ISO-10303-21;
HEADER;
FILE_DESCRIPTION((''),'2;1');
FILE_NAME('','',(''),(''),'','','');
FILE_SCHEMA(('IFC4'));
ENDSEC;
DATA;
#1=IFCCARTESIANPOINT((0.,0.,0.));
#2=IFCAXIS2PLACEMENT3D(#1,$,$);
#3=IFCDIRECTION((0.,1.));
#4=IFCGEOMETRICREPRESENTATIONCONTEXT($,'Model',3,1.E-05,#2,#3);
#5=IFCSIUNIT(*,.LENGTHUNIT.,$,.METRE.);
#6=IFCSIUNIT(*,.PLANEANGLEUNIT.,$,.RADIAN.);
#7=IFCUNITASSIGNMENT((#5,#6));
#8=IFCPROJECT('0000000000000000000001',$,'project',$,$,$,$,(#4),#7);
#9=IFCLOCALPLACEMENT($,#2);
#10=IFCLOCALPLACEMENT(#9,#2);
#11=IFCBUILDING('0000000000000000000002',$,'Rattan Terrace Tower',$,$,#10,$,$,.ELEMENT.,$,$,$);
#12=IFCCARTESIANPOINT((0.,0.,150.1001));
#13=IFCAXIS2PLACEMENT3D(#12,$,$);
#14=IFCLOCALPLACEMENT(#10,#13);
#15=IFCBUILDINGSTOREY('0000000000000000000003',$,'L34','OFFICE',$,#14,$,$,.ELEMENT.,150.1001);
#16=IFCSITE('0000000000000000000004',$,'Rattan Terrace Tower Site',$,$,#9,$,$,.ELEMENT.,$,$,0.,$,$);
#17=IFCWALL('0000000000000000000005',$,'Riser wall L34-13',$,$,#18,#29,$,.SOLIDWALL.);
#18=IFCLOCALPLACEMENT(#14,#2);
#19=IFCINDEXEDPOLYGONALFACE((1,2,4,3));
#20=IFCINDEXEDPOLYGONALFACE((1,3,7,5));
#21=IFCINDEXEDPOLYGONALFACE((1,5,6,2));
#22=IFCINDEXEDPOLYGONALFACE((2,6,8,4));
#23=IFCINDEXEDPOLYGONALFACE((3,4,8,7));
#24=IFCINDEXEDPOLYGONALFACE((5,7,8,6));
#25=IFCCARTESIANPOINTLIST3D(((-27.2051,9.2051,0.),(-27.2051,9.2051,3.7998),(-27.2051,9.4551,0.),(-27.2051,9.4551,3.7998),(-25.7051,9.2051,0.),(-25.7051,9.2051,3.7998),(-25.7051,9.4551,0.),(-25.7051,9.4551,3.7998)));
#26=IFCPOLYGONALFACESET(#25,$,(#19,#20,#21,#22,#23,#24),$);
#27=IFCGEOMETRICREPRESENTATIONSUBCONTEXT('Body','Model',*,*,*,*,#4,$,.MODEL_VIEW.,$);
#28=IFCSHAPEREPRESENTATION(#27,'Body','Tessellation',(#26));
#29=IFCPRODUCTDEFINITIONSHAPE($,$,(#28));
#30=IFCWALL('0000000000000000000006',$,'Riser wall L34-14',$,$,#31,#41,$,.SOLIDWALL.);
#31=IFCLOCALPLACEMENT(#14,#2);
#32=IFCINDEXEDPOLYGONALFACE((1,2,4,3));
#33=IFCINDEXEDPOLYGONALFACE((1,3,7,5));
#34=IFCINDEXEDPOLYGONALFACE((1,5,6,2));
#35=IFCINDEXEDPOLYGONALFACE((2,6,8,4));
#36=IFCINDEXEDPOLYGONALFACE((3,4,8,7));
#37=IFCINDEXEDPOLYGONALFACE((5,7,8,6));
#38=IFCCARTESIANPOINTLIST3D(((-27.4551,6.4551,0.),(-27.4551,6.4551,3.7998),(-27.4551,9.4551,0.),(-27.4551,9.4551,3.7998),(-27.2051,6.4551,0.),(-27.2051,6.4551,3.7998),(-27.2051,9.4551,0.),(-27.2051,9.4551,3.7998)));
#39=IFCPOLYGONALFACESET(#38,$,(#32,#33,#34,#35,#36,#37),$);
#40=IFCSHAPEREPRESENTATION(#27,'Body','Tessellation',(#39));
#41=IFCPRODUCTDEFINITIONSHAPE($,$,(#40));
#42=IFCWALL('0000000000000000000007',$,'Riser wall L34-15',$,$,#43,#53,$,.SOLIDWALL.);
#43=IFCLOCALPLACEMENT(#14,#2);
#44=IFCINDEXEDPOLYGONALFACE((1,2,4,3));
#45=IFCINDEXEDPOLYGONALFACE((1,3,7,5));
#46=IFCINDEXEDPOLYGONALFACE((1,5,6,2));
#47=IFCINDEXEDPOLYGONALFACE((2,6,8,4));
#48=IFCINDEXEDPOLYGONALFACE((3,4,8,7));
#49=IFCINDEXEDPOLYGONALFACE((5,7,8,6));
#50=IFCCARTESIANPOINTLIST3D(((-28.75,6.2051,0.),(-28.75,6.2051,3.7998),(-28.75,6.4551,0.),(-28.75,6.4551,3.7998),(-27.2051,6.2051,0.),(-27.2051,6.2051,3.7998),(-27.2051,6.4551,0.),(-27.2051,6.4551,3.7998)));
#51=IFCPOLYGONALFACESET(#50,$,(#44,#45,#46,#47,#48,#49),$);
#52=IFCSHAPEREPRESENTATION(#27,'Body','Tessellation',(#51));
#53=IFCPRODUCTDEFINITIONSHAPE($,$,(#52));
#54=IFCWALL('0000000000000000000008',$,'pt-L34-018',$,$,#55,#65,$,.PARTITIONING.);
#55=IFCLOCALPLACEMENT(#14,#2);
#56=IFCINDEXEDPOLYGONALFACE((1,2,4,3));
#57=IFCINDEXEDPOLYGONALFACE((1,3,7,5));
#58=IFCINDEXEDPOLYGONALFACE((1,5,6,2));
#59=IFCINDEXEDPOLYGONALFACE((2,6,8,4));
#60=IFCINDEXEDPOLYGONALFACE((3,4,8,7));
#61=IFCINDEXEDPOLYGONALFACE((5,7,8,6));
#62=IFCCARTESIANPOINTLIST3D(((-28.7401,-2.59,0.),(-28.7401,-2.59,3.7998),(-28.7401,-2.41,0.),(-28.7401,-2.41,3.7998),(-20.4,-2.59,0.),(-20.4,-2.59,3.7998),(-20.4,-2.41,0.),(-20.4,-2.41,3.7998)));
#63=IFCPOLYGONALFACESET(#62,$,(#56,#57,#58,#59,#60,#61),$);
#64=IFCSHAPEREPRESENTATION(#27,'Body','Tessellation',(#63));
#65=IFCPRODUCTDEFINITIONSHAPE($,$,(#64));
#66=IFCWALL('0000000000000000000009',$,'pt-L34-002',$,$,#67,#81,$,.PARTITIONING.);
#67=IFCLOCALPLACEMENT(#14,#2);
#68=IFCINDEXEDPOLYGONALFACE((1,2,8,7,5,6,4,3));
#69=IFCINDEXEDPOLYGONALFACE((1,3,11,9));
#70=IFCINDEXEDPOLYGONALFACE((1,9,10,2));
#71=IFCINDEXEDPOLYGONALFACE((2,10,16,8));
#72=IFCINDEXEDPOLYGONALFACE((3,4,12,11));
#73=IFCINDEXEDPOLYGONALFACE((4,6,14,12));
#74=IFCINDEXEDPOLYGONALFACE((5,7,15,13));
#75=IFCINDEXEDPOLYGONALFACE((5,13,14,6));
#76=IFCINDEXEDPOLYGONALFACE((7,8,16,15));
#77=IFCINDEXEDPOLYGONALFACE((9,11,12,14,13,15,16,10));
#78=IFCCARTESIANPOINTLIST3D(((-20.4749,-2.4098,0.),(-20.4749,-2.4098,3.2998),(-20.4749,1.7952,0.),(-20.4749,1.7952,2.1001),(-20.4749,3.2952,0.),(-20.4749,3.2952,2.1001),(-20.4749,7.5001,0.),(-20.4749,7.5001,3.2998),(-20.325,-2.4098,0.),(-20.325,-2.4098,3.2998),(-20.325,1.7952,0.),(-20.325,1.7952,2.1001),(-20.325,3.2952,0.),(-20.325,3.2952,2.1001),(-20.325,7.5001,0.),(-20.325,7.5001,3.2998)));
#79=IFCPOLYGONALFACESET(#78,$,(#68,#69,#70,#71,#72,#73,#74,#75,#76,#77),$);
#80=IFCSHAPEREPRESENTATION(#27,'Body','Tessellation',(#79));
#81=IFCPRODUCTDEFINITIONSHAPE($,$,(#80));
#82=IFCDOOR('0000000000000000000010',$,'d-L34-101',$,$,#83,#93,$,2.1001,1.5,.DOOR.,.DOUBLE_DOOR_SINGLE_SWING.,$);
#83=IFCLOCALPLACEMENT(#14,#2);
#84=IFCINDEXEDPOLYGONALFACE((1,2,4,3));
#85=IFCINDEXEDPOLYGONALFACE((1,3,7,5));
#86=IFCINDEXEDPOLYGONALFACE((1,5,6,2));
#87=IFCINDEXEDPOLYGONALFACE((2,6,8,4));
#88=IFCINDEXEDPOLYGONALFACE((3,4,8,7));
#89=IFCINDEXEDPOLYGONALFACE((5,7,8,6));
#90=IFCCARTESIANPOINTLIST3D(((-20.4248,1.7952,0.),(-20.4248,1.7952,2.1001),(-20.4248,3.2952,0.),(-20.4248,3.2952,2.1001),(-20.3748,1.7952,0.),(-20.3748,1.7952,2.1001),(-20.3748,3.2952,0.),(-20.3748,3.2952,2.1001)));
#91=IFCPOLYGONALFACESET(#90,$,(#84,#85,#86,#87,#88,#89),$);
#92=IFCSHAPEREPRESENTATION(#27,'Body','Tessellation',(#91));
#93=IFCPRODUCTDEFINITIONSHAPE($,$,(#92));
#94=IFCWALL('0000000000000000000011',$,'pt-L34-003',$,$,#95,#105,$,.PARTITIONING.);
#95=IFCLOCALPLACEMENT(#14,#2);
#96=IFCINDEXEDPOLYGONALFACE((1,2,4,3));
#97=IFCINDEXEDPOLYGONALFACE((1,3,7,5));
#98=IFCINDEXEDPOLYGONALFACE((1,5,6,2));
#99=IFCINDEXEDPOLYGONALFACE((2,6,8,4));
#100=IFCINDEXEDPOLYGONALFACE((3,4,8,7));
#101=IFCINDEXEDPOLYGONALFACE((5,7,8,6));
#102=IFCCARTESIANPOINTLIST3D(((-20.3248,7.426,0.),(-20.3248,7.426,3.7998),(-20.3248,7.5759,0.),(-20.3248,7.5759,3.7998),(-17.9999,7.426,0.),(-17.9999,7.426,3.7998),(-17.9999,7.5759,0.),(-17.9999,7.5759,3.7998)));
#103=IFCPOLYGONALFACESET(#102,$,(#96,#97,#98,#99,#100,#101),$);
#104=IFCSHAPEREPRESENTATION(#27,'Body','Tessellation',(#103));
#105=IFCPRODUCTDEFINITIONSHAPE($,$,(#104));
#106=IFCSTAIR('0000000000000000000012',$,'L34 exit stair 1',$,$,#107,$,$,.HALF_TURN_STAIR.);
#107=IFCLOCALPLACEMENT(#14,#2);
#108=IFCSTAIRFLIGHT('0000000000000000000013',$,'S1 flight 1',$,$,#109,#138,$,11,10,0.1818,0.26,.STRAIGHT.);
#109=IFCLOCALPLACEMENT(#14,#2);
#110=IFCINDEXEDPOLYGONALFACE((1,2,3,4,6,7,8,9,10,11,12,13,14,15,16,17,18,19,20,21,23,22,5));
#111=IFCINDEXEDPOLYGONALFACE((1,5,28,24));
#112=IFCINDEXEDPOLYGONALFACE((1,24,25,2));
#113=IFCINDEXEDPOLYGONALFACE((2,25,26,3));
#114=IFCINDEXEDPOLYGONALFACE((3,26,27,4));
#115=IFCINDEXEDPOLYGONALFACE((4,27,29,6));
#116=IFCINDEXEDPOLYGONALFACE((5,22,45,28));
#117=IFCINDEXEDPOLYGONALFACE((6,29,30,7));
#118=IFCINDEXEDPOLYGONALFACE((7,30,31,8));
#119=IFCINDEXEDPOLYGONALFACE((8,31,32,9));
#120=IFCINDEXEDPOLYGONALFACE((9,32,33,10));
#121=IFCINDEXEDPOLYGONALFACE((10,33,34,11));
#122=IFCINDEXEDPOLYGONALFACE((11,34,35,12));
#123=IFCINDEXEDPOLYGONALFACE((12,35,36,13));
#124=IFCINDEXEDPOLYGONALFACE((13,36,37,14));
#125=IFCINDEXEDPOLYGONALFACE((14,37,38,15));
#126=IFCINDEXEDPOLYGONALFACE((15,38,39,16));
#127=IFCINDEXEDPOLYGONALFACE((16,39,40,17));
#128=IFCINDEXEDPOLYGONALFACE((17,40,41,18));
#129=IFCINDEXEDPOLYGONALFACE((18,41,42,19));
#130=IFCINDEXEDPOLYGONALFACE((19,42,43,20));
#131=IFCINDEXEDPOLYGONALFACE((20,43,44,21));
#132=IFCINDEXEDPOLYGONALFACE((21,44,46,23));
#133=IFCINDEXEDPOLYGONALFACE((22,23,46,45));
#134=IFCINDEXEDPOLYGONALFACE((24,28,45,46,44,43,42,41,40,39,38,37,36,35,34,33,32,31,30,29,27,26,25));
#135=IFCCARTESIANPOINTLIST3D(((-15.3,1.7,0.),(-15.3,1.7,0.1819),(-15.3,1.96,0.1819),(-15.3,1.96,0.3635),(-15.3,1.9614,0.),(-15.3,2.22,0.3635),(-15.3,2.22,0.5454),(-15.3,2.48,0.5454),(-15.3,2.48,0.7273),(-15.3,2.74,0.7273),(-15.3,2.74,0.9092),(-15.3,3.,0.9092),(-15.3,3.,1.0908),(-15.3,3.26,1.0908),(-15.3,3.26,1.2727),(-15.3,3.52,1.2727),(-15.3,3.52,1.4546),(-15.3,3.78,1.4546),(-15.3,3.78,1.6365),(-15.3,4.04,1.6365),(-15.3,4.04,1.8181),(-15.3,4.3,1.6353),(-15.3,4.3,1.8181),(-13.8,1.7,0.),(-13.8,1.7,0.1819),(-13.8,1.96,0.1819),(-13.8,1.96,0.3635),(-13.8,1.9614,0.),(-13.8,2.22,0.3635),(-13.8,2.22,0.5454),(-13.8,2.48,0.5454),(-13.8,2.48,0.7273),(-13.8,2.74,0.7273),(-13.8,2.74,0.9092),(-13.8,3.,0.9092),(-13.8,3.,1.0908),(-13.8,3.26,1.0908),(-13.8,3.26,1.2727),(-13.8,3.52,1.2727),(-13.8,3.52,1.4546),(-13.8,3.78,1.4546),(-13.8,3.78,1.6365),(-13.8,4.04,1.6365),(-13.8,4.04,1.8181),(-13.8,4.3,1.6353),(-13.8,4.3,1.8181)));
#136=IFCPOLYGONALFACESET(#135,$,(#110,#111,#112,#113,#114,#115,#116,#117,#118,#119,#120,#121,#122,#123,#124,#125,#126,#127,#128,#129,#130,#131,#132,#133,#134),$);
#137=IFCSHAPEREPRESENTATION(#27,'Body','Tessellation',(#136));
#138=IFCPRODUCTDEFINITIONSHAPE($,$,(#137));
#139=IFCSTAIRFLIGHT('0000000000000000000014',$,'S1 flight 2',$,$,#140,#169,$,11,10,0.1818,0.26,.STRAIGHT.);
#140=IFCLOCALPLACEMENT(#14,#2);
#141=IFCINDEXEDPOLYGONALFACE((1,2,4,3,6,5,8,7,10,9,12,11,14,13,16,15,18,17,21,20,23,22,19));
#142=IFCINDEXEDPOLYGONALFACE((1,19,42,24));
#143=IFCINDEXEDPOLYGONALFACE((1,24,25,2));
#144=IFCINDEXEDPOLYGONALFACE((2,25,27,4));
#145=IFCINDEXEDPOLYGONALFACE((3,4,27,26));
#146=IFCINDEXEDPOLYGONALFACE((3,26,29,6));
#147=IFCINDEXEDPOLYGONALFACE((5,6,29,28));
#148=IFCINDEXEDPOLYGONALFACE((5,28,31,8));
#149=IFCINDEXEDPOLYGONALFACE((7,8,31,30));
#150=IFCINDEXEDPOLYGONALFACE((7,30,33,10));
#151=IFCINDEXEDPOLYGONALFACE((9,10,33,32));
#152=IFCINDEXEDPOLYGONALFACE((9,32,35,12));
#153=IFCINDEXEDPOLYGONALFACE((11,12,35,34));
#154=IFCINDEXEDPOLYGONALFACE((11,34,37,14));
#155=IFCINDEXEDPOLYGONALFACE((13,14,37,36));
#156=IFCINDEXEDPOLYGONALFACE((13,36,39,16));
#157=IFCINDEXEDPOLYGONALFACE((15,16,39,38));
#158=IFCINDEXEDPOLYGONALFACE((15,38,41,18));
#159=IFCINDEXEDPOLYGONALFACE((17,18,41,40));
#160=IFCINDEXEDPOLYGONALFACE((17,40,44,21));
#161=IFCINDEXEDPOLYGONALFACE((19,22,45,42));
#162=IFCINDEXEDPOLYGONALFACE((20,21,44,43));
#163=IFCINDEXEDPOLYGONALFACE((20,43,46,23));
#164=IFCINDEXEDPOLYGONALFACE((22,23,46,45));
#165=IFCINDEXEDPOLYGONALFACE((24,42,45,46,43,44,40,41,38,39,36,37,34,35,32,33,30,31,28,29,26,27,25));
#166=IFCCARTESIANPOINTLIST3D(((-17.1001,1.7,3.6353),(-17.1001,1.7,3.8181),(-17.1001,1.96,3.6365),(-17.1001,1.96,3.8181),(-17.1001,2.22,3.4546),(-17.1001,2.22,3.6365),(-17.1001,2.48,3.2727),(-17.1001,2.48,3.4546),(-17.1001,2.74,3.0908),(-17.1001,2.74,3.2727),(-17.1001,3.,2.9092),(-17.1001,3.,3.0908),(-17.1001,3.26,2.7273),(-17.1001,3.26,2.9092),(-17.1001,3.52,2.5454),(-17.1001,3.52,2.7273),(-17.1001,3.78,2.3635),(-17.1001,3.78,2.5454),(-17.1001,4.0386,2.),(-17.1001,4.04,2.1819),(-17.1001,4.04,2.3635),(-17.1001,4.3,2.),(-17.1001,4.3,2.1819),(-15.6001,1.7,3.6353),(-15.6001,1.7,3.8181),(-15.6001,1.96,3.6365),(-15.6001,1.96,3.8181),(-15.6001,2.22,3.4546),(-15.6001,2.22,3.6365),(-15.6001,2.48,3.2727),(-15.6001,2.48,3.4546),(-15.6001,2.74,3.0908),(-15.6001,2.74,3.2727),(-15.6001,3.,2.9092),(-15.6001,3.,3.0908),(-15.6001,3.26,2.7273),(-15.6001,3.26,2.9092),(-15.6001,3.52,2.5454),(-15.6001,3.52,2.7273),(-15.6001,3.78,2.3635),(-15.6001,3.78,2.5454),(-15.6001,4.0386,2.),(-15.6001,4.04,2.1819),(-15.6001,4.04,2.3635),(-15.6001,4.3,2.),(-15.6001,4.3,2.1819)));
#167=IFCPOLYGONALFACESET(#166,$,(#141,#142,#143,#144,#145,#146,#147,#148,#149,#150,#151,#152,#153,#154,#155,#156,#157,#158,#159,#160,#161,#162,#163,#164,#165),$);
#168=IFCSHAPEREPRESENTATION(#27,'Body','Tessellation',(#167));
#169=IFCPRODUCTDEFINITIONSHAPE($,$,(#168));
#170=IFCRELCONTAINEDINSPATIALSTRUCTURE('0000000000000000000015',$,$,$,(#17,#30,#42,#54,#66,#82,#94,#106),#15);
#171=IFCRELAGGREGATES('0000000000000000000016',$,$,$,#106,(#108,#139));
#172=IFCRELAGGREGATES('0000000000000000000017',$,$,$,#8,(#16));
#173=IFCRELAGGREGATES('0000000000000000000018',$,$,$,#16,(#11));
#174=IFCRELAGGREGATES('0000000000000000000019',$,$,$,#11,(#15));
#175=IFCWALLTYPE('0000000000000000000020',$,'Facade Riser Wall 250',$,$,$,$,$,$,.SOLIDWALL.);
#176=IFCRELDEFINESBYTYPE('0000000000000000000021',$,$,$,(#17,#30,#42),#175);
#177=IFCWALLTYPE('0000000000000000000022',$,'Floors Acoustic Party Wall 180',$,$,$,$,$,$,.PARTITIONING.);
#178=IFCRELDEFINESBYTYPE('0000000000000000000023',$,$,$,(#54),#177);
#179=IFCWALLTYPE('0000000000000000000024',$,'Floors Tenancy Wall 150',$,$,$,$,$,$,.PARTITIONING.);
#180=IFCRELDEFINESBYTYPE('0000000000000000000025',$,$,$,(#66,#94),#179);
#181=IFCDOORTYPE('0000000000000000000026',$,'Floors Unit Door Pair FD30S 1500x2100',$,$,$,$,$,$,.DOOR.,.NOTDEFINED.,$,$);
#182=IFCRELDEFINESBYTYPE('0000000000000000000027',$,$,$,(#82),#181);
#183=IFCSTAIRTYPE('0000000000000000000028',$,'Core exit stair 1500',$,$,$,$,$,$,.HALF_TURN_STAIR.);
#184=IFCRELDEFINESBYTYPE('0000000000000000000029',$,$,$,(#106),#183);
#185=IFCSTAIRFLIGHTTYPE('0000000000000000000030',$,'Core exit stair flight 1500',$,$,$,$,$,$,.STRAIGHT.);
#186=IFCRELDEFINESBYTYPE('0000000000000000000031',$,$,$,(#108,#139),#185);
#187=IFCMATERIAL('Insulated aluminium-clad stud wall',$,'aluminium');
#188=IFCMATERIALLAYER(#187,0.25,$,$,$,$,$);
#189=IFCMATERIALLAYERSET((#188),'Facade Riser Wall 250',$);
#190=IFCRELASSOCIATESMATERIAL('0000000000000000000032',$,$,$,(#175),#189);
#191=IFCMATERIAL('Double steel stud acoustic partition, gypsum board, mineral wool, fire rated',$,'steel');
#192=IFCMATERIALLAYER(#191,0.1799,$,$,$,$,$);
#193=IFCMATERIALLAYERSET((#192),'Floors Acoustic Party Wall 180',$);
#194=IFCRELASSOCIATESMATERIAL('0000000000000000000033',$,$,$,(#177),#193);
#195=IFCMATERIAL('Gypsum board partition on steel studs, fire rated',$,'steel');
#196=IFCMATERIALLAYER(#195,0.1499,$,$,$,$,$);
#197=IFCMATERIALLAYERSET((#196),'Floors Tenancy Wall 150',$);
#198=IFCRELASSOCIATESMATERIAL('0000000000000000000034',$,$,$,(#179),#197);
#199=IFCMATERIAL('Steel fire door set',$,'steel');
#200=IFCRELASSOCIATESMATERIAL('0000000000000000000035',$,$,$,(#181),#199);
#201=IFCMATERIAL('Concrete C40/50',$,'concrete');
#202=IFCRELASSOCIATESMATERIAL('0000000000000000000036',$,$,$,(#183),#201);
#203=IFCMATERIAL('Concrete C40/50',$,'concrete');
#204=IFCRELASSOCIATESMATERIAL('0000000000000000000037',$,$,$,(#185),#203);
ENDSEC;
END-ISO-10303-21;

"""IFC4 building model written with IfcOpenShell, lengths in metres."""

from ifc_helpers import new_model, si_unit, direction, frame, frame_2d, origin, place, context, subcontext, project, spatial, polyline, rectangle, outline, extrude, material, layer, layer_set, type_object, element, fill, aggregate, save


model = new_model("IFC4")

# Units and contexts
model_context = context("Model", 3, precision=1e-05, world=origin(), true_north=direction((0.0, 1.0)))
body_context = subcontext(model_context, "Body", "Model", "MODEL_VIEW")
ifc_project = project(units=[si_unit("LENGTHUNIT", "METRE"), si_unit("PLANEANGLEUNIT", "RADIAN")], contexts=[model_context])

# Site, building, storey
site_placement = place(None, origin())
site = spatial("IfcSite", under=ifc_project, at=site_placement, Name="Rattan Terrace Tower Site", CompositionType="ELEMENT", RefElevation=0.0)
building_placement = place(site_placement, origin())
building = spatial("IfcBuilding", under=site, at=building_placement, Name="Rattan Terrace Tower", CompositionType="ELEMENT")
storey_placement = place(building_placement, frame((0.0, 0.0, 150.1001)))
storey = spatial("IfcBuildingStorey", under=building, at=storey_placement, Name="L34", Description="OFFICE", CompositionType="ELEMENT", Elevation=150.1001)

# Walls
ifc_material_1 = material(Name="Insulated aluminium-clad stud wall", Category="aluminium")
ifc_layer_1 = layer(ifc_material_1, 0.25)
ifc_layer_set_1 = layer_set([ifc_layer_1], Name="Facade Riser Wall 250")
wall_type_1 = type_object("IfcWallType", Name="Facade Riser Wall 250", PredefinedType="SOLIDWALL", material=ifc_layer_set_1)
wall_1_placement = place(storey_placement, frame((-25.7051, 9.3301, 0.0), z_axis=(0.0, 0.0, 1.0), x_axis=(-1.0, 0.0, 0.0)))
element("IfcWall", 1, at=wall_1_placement, inside=storey, type_object=wall_type_1, Name="Riser wall L34-13", PredefinedType="SOLIDWALL", context=body_context, shape_type="SweptSolid", body=[
    extrude(rectangle(XDim=1.5, YDim=0.25, at=frame_2d((0.75, 0.0))), origin(), (0.0, 0.0, 1.0), 3.7998),
])
wall_2_placement = place(storey_placement, frame((-27.3301, 9.4551, 0.0), z_axis=(0.0, 0.0, 1.0), x_axis=(0.0, -1.0, 0.0)))
element("IfcWall", 2, at=wall_2_placement, inside=storey, type_object=wall_type_1, Name="Riser wall L34-14", PredefinedType="SOLIDWALL", context=body_context, shape_type="SweptSolid", body=[
    extrude(rectangle(XDim=3.0, YDim=0.25, at=frame_2d((1.5, 0.0))), origin(), (0.0, 0.0, 1.0), 3.7998),
])
wall_3_placement = place(storey_placement, frame((-27.2051, 6.3301, 0.0), z_axis=(0.0, 0.0, 1.0), x_axis=(-1.0, 0.0, 0.0)))
element("IfcWall", 3, at=wall_3_placement, inside=storey, type_object=wall_type_1, Name="Riser wall L34-15", PredefinedType="SOLIDWALL", context=body_context, shape_type="SweptSolid", body=[
    extrude(rectangle(XDim=1.5449, YDim=0.25, at=frame_2d((0.7725, 0.0))), origin(), (0.0, 0.0, 1.0), 3.7998),
])
ifc_material_2 = material(Name="Double steel stud acoustic partition, gypsum board, mineral wool, fire rated", Category="steel")
ifc_layer_2 = layer(ifc_material_2, 0.1799)
ifc_layer_set_2 = layer_set([ifc_layer_2], Name="Floors Acoustic Party Wall 180")
wall_type_2 = type_object("IfcWallType", Name="Floors Acoustic Party Wall 180", PredefinedType="PARTITIONING", material=ifc_layer_set_2)
wall_4_placement = place(storey_placement, frame((-28.74, -2.5, 0.0), z_axis=(0.0, 0.0, 1.0), x_axis=(1.0, 0.0, 0.0)))
element("IfcWall", 4, at=wall_4_placement, inside=storey, type_object=wall_type_2, Name="pt-L34-018", PredefinedType="PARTITIONING", context=body_context, shape_type="SweptSolid", body=[
    extrude(rectangle(XDim=8.3401, YDim=0.1799, at=frame_2d((4.1699, 0.0))), origin(), (0.0, 0.0, 1.0), 3.7998),
])

# Wall, opening, door
ifc_material_3 = material(Name="Gypsum board partition on steel studs, fire rated", Category="steel")
ifc_layer_3 = layer(ifc_material_3, 0.1499)
ifc_layer_set_3 = layer_set([ifc_layer_3], Name="Floors Tenancy Wall 150")
wall_type_3 = type_object("IfcWallType", Name="Floors Tenancy Wall 150", PredefinedType="PARTITIONING", material=ifc_layer_set_3)
wall_5_placement = place(storey_placement, frame((-20.3999, -2.4099, 0.0), z_axis=(0.0, 0.0, 1.0), x_axis=(0.0, 1.0, 0.0)))
wall_5 = element("IfcWall", 5, at=wall_5_placement, inside=storey, type_object=wall_type_3, Name="pt-L34-002", PredefinedType="PARTITIONING", context=body_context, shape_type="SweptSolid", body=[
    extrude(rectangle(XDim=9.9099, YDim=0.1499, at=frame_2d((4.9551, 0.0))), origin(), (0.0, 0.0, 1.0), 3.2998),
])
opening_1_placement = place(wall_5_placement, frame((4.2051, 0.0, 0.0)))
opening_1 = element("IfcOpeningElement", 6, at=opening_1_placement, cuts=wall_5, PredefinedType="OPENING", context=body_context, shape_type="SweptSolid", body=[
    extrude(rectangle(XDim=1.5, YDim=2.1001, at=frame_2d((0.75, 1.05))), frame((0.0, 0.0854, 0.0), z_axis=(0.0, -1.0, 0.0), x_axis=(1.0, 0.0, 0.0)), (0.0, 0.0, 1.0), 0.1709),
])
ifc_material_4 = material(Name="Steel fire door set", Category="steel")
door_type_1 = type_object("IfcDoorType", Name="Floors Unit Door Pair FD30S 1500x2100", OperationType="NOTDEFINED", PredefinedType="DOOR", material=ifc_material_4)
door_1_placement = place(opening_1_placement, origin())
door_1 = element("IfcDoor", 7, at=door_1_placement, inside=storey, type_object=door_type_1, Name="d-L34-101", OperationType="DOUBLE_DOOR_SINGLE_SWING", OverallHeight=2.1001, OverallWidth=1.5, PredefinedType="DOOR", context=body_context, shape_type="SweptSolid", body=[
    extrude(rectangle(XDim=1.5, YDim=2.1001, at=frame_2d((0.75, 1.05))), frame((0.0, 0.0249, 0.0), z_axis=(0.0, -1.0, 0.0), x_axis=(1.0, 0.0, 0.0)), (0.0, 0.0, 1.0), 0.05),
])
fill(opening_1, door_1)

# Wall
wall_6_placement = place(storey_placement, frame((-20.325, 7.501, 0.0), z_axis=(0.0, 0.0, 1.0), x_axis=(1.0, 0.0, 0.0)))
element("IfcWall", 8, at=wall_6_placement, inside=storey, type_object=wall_type_3, Name="pt-L34-003", PredefinedType="PARTITIONING", context=body_context, shape_type="SweptSolid", body=[
    extrude(rectangle(XDim=2.325, YDim=0.1499, at=frame_2d((1.1626, 0.0))), origin(), (0.0, 0.0, 1.0), 3.7998),
])

# Stair, stair flights
ifc_material_5 = material(Name="Concrete C40/50", Category="concrete")
stair_type = type_object("IfcStairType", Name="Core exit stair 1500", PredefinedType="HALF_TURN_STAIR", material=ifc_material_5)
stair_placement = place(storey_placement, origin())
stair = element("IfcStair", 9, at=stair_placement, inside=storey, type_object=stair_type, Name="L34 exit stair 1", PredefinedType="HALF_TURN_STAIR")
ifc_material_6 = material(Name="Concrete C40/50", Category="concrete")
stair_flight_type = type_object("IfcStairFlightType", Name="Core exit stair flight 1500", PredefinedType="STRAIGHT", material=ifc_material_6)
stair_flight_1_placement = place(storey_placement, frame((-14.55, 1.7, 0.0), z_axis=(0.0, 0.0, 1.0), x_axis=(0.0, 1.0, 0.0)))
stair_flight_1 = element("IfcStairFlight", 10, at=stair_flight_1_placement, type_object=stair_flight_type, Name="S1 flight 1", NumberOfRisers=11, NumberOfTreads=10, PredefinedType="STRAIGHT", RiserHeight=0.1818, TreadLength=0.26, context=body_context, shape_type="SweptSolid", body=[
    extrude(outline(polyline([(0.0, 0.0), (0.0, 0.1819), (0.26, 0.1819), (0.26, 0.3635), (0.52, 0.3635), (0.52, 0.5454), (0.78, 0.5454), (0.78, 0.7273), (1.04, 0.7273), (1.04, 0.9092), (1.3, 0.9092), (1.3, 1.0908), (1.5601, 1.0908), (1.5601, 1.2727), (1.8201, 1.2727), (1.8201, 1.4546), (2.0801, 1.4546), (2.0801, 1.6365), (2.3401, 1.6365), (2.3401, 1.8181), (2.6001, 1.8181), (2.6001, 2.0), (2.6001, 1.6353), (0.2615, 0.0), (0.0, 0.0)])), frame((0.0, 0.75, 0.0), z_axis=(0.0, -1.0, 0.0), x_axis=(1.0, 0.0, 0.0)), (0.0, 0.0, 1.0), 1.5),
])
stair_flight_2_placement = place(storey_placement, frame((-16.3501, 4.3, 2.0), z_axis=(0.0, 0.0, 1.0), x_axis=(0.0, -1.0, 0.0)))
stair_flight_2 = element("IfcStairFlight", 11, at=stair_flight_2_placement, type_object=stair_flight_type, Name="S1 flight 2", NumberOfRisers=11, NumberOfTreads=10, PredefinedType="STRAIGHT", RiserHeight=0.1818, TreadLength=0.26, context=body_context, shape_type="SweptSolid", body=[
    extrude(outline(polyline([(0.0, 0.0), (0.0, 0.1819), (0.26, 0.1819), (0.26, 0.3635), (0.52, 0.3635), (0.52, 0.5454), (0.78, 0.5454), (0.78, 0.7273), (1.04, 0.7273), (1.04, 0.9092), (1.3, 0.9092), (1.3, 1.0908), (1.5601, 1.0908), (1.5601, 1.2727), (1.8201, 1.2727), (1.8201, 1.4546), (2.0801, 1.4546), (2.0801, 1.6365), (2.3401, 1.6365), (2.3401, 1.8181), (2.6001, 1.8181), (2.6001, 2.0), (2.6001, 1.6353), (0.2615, 0.0), (0.0, 0.0)])), frame((0.0, 0.75, 0.0), z_axis=(0.0, -1.0, 0.0), x_axis=(1.0, 0.0, 0.0)), (0.0, 0.0, 1.0), 1.5),
])
aggregate(stair, [stair_flight_1, stair_flight_2])

save(model, "model.ifc")
